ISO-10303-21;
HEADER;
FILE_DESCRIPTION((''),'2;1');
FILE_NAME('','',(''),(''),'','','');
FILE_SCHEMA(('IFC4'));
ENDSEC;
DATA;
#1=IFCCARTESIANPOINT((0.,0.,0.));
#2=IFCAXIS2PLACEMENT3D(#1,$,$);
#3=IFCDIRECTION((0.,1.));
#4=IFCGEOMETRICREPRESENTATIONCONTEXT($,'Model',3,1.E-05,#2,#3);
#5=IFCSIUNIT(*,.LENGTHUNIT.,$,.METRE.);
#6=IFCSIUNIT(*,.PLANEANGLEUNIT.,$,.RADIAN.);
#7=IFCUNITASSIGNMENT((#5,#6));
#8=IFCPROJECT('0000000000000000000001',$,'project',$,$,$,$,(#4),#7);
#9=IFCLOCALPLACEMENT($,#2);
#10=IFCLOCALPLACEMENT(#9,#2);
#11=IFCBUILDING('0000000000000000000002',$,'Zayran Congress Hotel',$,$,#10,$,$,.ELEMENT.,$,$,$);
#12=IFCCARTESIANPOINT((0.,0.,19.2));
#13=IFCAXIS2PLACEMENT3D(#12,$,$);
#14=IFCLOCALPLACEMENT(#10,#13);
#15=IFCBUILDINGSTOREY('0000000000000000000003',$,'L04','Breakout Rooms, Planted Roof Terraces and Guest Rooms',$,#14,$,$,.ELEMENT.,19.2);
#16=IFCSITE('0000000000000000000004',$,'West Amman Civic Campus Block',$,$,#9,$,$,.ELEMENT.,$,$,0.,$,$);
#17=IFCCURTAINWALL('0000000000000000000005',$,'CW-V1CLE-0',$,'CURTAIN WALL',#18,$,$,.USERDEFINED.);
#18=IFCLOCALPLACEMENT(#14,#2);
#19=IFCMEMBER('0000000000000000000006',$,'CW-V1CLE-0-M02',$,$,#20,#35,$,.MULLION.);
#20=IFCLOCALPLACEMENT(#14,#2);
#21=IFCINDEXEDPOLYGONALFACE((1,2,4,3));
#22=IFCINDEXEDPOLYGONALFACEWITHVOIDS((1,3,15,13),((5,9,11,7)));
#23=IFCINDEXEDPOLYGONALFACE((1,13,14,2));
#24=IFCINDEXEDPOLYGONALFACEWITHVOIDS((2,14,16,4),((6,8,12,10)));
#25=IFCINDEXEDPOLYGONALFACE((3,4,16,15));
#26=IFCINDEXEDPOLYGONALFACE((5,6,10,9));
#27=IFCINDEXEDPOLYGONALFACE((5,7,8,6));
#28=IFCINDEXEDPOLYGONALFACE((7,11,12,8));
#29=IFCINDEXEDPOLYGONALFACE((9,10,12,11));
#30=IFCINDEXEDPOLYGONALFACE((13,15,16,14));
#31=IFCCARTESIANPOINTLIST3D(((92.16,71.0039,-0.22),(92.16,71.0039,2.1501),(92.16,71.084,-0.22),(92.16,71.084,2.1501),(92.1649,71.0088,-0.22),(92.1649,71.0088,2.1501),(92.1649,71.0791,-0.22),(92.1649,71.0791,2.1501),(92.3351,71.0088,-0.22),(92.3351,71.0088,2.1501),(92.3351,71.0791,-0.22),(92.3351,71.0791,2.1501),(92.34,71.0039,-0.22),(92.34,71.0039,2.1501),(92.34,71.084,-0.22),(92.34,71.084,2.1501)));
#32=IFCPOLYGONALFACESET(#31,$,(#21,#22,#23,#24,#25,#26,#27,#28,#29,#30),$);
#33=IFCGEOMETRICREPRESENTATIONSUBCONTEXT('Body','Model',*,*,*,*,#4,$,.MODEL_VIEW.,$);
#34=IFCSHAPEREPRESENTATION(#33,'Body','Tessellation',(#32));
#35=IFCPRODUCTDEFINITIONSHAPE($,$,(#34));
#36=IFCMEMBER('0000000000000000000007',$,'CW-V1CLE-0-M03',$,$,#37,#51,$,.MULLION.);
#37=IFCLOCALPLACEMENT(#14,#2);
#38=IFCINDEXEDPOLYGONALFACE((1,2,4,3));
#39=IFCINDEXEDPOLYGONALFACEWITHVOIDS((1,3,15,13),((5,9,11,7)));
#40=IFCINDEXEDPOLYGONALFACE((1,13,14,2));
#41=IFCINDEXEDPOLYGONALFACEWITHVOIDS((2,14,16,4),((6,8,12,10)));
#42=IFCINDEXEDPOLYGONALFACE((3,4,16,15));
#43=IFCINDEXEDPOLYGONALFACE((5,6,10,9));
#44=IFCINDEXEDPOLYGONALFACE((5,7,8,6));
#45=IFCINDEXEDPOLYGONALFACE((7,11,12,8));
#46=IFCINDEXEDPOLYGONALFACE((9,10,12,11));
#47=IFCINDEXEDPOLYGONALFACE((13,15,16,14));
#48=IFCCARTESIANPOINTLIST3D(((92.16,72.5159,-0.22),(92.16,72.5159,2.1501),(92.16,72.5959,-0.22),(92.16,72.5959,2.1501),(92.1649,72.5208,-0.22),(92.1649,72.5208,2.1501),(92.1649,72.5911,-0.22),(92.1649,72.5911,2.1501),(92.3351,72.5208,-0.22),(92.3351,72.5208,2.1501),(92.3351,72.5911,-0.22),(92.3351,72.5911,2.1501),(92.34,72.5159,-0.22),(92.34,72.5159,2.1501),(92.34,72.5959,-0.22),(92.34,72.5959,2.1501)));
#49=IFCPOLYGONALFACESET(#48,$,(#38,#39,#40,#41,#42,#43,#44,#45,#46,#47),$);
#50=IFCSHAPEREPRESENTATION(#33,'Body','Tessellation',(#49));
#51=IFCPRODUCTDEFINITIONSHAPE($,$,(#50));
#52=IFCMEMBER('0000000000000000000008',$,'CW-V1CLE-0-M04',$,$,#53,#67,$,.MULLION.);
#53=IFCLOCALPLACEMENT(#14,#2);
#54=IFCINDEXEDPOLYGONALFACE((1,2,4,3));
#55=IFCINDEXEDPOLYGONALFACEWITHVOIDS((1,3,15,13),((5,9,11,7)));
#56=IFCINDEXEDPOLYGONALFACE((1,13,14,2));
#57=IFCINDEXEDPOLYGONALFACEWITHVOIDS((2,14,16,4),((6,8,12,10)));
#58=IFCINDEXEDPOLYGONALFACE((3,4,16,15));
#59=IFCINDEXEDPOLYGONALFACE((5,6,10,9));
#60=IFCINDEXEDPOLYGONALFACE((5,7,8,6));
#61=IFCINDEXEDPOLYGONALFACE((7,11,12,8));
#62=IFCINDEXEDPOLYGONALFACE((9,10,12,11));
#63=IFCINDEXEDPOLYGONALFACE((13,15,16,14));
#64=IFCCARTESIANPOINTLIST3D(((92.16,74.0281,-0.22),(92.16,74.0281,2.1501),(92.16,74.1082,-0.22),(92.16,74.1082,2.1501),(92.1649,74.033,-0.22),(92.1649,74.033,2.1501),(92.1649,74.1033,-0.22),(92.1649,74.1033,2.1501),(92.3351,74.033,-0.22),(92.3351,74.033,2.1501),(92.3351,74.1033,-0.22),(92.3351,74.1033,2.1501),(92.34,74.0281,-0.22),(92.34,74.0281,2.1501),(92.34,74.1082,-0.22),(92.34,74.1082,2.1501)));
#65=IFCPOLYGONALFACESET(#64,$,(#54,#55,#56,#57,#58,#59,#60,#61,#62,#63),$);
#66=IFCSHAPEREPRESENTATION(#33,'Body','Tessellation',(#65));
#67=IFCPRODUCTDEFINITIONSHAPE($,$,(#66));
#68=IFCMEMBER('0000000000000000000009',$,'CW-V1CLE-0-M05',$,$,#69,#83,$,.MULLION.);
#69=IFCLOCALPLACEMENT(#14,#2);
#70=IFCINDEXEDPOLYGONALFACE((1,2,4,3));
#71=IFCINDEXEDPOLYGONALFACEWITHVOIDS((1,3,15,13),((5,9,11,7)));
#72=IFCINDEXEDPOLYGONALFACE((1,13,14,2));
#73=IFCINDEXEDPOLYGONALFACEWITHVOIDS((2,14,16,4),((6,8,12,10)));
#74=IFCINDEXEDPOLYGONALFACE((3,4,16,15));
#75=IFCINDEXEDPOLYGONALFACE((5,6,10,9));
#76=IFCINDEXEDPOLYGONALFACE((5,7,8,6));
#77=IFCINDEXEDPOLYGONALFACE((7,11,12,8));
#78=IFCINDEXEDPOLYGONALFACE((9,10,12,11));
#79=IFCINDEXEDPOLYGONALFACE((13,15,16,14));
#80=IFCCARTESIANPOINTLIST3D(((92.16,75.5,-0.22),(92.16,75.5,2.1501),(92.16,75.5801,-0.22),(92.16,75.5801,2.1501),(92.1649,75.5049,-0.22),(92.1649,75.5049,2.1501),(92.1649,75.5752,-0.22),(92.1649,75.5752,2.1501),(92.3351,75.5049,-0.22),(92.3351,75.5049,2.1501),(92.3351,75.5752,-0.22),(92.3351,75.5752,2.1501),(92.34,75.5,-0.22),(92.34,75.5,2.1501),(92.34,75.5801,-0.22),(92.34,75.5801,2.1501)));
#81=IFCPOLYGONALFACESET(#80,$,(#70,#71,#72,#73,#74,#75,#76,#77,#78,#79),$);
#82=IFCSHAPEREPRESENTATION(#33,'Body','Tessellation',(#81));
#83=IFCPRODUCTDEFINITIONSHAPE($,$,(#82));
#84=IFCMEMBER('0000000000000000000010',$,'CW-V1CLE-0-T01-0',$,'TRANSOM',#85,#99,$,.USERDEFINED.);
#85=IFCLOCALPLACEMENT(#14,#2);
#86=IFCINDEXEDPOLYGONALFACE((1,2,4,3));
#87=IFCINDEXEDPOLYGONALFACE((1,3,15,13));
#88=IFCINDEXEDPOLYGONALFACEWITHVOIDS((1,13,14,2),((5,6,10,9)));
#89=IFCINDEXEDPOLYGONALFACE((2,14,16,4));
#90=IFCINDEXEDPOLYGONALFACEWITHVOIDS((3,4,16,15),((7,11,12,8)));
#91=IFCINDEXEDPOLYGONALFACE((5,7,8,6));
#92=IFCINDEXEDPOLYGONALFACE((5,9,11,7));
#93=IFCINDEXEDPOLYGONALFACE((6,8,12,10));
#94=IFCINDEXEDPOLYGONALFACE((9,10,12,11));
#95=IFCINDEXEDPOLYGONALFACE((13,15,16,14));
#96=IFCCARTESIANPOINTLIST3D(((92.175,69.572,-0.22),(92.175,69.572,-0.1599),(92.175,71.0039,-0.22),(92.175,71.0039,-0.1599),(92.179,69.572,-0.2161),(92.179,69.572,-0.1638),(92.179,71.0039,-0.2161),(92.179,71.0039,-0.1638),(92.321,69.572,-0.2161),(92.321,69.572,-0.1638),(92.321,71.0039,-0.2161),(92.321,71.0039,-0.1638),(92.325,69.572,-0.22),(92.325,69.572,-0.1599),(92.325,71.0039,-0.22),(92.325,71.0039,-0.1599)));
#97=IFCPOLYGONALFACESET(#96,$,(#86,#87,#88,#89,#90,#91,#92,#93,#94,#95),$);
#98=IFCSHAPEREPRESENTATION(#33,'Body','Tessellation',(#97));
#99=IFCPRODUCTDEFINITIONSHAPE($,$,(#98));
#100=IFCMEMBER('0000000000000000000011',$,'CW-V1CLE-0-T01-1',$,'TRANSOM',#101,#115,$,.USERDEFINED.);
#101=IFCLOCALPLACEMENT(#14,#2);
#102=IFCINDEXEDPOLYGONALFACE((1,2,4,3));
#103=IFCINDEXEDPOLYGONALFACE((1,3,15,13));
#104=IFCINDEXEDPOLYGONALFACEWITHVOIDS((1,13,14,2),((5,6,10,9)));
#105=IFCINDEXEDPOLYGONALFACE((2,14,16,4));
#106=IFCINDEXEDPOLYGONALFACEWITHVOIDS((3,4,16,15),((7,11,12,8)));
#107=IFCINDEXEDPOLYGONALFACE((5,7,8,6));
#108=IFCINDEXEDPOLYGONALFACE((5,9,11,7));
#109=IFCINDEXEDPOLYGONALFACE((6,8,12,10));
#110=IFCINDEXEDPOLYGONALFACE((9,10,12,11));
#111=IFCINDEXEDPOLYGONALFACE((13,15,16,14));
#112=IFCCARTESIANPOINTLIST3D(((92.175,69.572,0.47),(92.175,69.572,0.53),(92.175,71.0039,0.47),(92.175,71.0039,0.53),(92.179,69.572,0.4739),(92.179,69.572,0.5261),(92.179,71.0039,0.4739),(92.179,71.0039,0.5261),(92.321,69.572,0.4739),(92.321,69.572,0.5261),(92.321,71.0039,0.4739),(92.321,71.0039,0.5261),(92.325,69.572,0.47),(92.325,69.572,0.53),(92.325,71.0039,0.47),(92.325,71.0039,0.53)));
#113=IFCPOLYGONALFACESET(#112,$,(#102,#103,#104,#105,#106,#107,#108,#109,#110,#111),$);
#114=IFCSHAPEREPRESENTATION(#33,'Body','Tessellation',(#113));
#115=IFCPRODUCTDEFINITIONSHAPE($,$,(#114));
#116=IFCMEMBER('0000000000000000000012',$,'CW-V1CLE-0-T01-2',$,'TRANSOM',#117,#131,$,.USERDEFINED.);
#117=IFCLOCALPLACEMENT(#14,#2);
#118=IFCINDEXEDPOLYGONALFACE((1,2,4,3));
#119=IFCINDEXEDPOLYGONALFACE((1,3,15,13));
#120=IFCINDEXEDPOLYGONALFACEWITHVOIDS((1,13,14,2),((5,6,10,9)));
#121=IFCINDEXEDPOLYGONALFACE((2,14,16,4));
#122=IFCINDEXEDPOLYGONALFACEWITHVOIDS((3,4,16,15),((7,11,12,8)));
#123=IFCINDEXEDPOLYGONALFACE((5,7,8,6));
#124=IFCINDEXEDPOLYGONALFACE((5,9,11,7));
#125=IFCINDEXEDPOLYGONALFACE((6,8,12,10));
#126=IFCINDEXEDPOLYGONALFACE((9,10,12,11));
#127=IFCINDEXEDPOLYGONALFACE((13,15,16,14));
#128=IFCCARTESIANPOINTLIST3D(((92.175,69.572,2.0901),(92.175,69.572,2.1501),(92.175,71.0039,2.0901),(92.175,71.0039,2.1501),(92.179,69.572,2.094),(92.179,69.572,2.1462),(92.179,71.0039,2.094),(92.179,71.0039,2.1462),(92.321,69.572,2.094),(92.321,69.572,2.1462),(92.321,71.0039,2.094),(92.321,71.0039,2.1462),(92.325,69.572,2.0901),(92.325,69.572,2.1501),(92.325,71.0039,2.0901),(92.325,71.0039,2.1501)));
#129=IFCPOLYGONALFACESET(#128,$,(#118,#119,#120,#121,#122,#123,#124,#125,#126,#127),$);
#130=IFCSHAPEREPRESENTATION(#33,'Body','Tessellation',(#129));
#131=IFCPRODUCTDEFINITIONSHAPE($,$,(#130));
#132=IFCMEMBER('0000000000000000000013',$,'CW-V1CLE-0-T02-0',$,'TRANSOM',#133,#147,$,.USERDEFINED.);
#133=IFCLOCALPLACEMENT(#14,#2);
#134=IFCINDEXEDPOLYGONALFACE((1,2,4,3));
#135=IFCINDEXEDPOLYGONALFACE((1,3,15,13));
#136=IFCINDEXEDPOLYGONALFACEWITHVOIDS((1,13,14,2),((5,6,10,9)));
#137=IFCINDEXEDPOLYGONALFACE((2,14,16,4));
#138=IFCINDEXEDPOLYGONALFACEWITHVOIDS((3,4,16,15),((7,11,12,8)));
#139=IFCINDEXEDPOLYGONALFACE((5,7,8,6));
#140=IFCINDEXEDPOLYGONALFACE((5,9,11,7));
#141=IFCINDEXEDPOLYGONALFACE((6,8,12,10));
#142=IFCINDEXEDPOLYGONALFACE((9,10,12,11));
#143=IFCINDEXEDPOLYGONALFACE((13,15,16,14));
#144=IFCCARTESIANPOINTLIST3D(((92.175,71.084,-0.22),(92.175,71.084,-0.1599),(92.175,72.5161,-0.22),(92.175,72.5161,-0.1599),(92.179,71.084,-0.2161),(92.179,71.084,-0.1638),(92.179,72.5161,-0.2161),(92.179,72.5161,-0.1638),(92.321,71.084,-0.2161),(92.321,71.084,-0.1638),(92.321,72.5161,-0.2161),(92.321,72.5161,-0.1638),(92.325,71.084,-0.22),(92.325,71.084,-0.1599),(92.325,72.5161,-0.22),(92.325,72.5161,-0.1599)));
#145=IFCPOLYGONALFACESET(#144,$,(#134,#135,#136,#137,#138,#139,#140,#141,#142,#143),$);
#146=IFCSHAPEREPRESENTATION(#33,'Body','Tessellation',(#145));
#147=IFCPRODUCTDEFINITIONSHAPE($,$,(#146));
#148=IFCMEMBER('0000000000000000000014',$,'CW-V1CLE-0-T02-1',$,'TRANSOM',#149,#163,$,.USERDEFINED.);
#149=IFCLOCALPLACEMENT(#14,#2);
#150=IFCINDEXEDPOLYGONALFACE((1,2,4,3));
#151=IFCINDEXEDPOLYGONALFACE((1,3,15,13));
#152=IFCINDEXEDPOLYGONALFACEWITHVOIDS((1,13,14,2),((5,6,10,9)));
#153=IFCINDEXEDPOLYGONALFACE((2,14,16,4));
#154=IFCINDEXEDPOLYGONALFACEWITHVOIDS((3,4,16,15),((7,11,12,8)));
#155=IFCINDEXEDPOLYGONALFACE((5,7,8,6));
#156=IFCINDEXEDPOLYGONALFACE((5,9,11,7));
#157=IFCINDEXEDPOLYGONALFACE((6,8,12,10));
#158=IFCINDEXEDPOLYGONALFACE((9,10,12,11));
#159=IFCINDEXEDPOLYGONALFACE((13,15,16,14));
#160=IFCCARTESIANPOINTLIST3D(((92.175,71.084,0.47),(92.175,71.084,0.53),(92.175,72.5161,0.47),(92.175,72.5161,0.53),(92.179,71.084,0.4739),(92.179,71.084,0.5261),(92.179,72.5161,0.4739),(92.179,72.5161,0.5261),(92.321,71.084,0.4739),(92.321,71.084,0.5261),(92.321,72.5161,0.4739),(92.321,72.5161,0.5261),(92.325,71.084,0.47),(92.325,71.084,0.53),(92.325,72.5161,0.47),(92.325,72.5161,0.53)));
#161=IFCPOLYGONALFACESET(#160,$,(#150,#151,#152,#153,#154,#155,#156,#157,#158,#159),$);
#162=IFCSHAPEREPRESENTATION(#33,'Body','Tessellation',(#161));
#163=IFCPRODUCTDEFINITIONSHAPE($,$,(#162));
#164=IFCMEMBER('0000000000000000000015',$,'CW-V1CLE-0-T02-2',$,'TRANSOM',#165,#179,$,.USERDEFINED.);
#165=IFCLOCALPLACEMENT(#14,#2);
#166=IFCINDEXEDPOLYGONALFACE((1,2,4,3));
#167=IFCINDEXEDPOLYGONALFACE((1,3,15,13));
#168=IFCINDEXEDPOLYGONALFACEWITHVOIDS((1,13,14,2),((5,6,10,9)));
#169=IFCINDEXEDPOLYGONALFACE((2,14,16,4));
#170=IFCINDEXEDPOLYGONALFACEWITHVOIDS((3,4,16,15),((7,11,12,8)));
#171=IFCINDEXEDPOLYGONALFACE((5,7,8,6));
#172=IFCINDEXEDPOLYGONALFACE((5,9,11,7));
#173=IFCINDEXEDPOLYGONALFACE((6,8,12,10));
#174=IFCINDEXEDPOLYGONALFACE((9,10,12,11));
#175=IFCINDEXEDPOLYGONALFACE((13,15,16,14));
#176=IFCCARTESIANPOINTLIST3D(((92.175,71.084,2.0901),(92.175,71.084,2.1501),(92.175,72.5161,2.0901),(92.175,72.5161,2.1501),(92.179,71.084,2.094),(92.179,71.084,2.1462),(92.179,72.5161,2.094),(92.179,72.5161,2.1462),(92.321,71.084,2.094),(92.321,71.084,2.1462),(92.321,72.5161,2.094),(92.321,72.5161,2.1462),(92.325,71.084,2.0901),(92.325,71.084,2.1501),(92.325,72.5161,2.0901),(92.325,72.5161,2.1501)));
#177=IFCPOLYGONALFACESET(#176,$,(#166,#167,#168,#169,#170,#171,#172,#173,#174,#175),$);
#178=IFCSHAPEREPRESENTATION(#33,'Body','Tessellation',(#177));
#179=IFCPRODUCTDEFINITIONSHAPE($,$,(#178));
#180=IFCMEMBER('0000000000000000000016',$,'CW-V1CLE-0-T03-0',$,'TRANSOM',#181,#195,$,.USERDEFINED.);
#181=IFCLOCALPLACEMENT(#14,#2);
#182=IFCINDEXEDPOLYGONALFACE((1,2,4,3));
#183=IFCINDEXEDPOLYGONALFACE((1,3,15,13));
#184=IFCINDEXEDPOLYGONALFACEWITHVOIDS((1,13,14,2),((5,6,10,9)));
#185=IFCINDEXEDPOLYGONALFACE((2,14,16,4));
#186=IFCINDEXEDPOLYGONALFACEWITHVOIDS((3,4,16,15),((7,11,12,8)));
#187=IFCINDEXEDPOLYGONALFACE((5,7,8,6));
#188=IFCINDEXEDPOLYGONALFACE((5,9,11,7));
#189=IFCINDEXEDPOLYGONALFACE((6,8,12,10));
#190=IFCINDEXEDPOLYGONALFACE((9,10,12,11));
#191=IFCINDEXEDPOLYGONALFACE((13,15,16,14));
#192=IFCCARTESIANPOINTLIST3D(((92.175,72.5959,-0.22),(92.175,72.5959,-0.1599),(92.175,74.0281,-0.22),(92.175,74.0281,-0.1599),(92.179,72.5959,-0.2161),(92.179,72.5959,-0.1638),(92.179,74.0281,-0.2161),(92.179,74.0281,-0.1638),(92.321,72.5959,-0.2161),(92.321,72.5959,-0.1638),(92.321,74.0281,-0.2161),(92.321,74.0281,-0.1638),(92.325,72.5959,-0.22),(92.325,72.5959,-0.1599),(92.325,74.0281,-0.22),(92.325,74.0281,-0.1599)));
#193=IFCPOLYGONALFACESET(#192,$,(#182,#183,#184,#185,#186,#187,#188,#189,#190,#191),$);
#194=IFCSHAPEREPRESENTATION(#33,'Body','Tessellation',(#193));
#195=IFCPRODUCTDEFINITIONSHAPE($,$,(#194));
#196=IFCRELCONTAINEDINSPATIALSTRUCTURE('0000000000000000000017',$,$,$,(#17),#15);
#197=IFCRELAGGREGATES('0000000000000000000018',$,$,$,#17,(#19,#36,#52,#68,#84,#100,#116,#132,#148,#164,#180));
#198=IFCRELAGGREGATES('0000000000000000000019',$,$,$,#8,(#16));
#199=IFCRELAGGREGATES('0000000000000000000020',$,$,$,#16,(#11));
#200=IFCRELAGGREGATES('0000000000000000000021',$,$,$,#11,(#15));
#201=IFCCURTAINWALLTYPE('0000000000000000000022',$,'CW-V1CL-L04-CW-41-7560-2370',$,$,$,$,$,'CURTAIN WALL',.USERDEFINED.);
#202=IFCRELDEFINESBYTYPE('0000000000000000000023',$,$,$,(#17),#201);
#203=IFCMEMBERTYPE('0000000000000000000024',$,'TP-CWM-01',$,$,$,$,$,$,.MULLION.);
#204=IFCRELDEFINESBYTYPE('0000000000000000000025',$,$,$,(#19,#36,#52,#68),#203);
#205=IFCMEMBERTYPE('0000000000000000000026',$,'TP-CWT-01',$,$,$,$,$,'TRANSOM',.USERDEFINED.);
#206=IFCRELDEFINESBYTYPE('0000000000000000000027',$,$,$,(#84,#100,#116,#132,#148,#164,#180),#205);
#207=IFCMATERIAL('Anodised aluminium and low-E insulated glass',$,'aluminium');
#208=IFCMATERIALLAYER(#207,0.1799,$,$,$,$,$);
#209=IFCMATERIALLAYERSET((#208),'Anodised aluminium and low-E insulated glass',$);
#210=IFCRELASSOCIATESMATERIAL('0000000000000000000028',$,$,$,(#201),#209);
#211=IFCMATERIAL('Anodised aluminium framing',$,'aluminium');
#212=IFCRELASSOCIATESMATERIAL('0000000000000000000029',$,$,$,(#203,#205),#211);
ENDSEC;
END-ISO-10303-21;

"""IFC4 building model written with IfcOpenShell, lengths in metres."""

from ifc_helpers import new_model, si_unit, direction, frame, origin, origin_2d, place, context, subcontext, project, spatial, hollow_rectangle, extrude, material, layer, layer_set, material_profile, profile_set, type_object, element, aggregate, save


model = new_model("IFC4")

# Units and contexts
model_context = context("Model", 3, precision=1e-05, world=origin(), true_north=direction((0.0, 1.0)))
body_context = subcontext(model_context, "Body", "Model", "MODEL_VIEW")
ifc_project = project(units=[si_unit("LENGTHUNIT", "METRE"), si_unit("PLANEANGLEUNIT", "RADIAN")], contexts=[model_context])

# Site, building, storey
site_placement = place(None, origin())
site = spatial("IfcSite", under=ifc_project, at=site_placement, Name="West Amman Civic Campus Block", CompositionType="ELEMENT", RefElevation=0.0)
building_placement = place(site_placement, origin())
building = spatial("IfcBuilding", under=site, at=building_placement, Name="Zayran Congress Hotel", CompositionType="ELEMENT")
storey_placement = place(building_placement, frame((0.0, 0.0, 19.2)))
storey = spatial("IfcBuildingStorey", under=building, at=storey_placement, Name="L04", Description="Breakout Rooms, Planted Roof Terraces and Guest Rooms", CompositionType="ELEMENT", Elevation=19.2)

# Curtain wall, members
ifc_material_1 = material(Name="Anodised aluminium and low-E insulated glass", Category="aluminium")
ifc_layer_1 = layer(ifc_material_1, 0.1799)
ifc_layer_set_1 = layer_set([ifc_layer_1], Name="Anodised aluminium and low-E insulated glass")
curtain_wall_type = type_object("IfcCurtainWallType", Name="CW-V1CL-L04-CW-41-7560-2370", ElementType="CURTAIN WALL", PredefinedType="USERDEFINED", material=ifc_layer_set_1)
curtain_wall_placement = place(storey_placement, origin())
curtain_wall = element("IfcCurtainWall", 1, at=curtain_wall_placement, inside=storey, type_object=curtain_wall_type, Name="CW-V1CLE-0", ObjectType="CURTAIN WALL", PredefinedType="USERDEFINED")
ifc_material_2 = material(Name="Anodised aluminium framing", Category="aluminium")
ifc_material_profile_1 = material_profile(ifc_material_2, hollow_rectangle(XDim=0.0801, YDim=0.1799, WallThickness=0.0049, at=origin_2d()), Name="RHS 180x80x5")
ifc_profile_set_1 = profile_set([ifc_material_profile_1], Name="Anodised aluminium framing")
member_type_1 = type_object("IfcMemberType", Name="TP-CWM-01", PredefinedType="MULLION", material=ifc_profile_set_1)
member_1_placement = place(storey_placement, frame((92.25, 71.0439, -0.22), z_axis=(0.0, 0.0, 1.0), x_axis=(0.0, 1.0, 0.0)))
member_1 = element("IfcMember", 2, at=member_1_placement, type_object=member_type_1, Name="CW-V1CLE-0-M02", PredefinedType="MULLION", context=body_context, shape_type="SweptSolid", body=[
    extrude(hollow_rectangle(XDim=0.0801, YDim=0.1799, WallThickness=0.0049, at=origin_2d()), origin(), (0.0, 0.0, 1.0), 2.3701),
])
member_2_placement = place(storey_placement, frame((92.25, 72.5559, -0.22), z_axis=(0.0, 0.0, 1.0), x_axis=(0.0, 1.0, 0.0)))
member_2 = element("IfcMember", 3, at=member_2_placement, type_object=member_type_1, Name="CW-V1CLE-0-M03", PredefinedType="MULLION", context=body_context, shape_type="SweptSolid", body=[
    extrude(hollow_rectangle(XDim=0.0801, YDim=0.1799, WallThickness=0.0049, at=origin_2d()), origin(), (0.0, 0.0, 1.0), 2.3701),
])
member_3_placement = place(storey_placement, frame((92.25, 74.0681, -0.22), z_axis=(0.0, 0.0, 1.0), x_axis=(0.0, 1.0, 0.0)))
member_3 = element("IfcMember", 4, at=member_3_placement, type_object=member_type_1, Name="CW-V1CLE-0-M04", PredefinedType="MULLION", context=body_context, shape_type="SweptSolid", body=[
    extrude(hollow_rectangle(XDim=0.0801, YDim=0.1799, WallThickness=0.0049, at=origin_2d()), origin(), (0.0, 0.0, 1.0), 2.3701),
])
member_4_placement = place(storey_placement, frame((92.25, 75.54, -0.22), z_axis=(0.0, 0.0, 1.0), x_axis=(0.0, 1.0, 0.0)))
member_4 = element("IfcMember", 5, at=member_4_placement, type_object=member_type_1, Name="CW-V1CLE-0-M05", PredefinedType="MULLION", context=body_context, shape_type="SweptSolid", body=[
    extrude(hollow_rectangle(XDim=0.0801, YDim=0.1799, WallThickness=0.0049, at=origin_2d()), origin(), (0.0, 0.0, 1.0), 2.3701),
])
ifc_material_profile_2 = material_profile(ifc_material_2, hollow_rectangle(XDim=0.0601, YDim=0.1499, WallThickness=0.0039, at=origin_2d()), Name="RHS 150x60x4")
ifc_profile_set_2 = profile_set([ifc_material_profile_2], Name="Anodised aluminium framing")
member_type_2 = type_object("IfcMemberType", Name="TP-CWT-01", ElementType="TRANSOM", PredefinedType="USERDEFINED", material=ifc_profile_set_2)
member_5_placement = place(storey_placement, frame((92.25, 69.572, -0.1899), z_axis=(0.0, 1.0, 0.0), x_axis=(0.0, 0.0, 1.0)))
member_5 = element("IfcMember", 6, at=member_5_placement, type_object=member_type_2, Name="CW-V1CLE-0-T01-0", ObjectType="TRANSOM", PredefinedType="USERDEFINED", context=body_context, shape_type="SweptSolid", body=[
    extrude(hollow_rectangle(XDim=0.0601, YDim=0.1499, WallThickness=0.0039, at=origin_2d()), origin(), (0.0, 0.0, 1.0), 1.4319),
])
member_6_placement = place(storey_placement, frame((92.25, 69.572, 0.5), z_axis=(0.0, 1.0, 0.0), x_axis=(0.0, 0.0, 1.0)))
member_6 = element("IfcMember", 7, at=member_6_placement, type_object=member_type_2, Name="CW-V1CLE-0-T01-1", ObjectType="TRANSOM", PredefinedType="USERDEFINED", context=body_context, shape_type="SweptSolid", body=[
    extrude(hollow_rectangle(XDim=0.0601, YDim=0.1499, WallThickness=0.0039, at=origin_2d()), origin(), (0.0, 0.0, 1.0), 1.4319),
])
member_7_placement = place(storey_placement, frame((92.25, 69.572, 2.1201), z_axis=(0.0, 1.0, 0.0), x_axis=(0.0, 0.0, 1.0)))
member_7 = element("IfcMember", 8, at=member_7_placement, type_object=member_type_2, Name="CW-V1CLE-0-T01-2", ObjectType="TRANSOM", PredefinedType="USERDEFINED", context=body_context, shape_type="SweptSolid", body=[
    extrude(hollow_rectangle(XDim=0.0601, YDim=0.1499, WallThickness=0.0039, at=origin_2d()), origin(), (0.0, 0.0, 1.0), 1.4319),
])
member_8_placement = place(storey_placement, frame((92.25, 71.084, -0.1899), z_axis=(0.0, 1.0, 0.0), x_axis=(0.0, 0.0, 1.0)))
member_8 = element("IfcMember", 9, at=member_8_placement, type_object=member_type_2, Name="CW-V1CLE-0-T02-0", ObjectType="TRANSOM", PredefinedType="USERDEFINED", context=body_context, shape_type="SweptSolid", body=[
    extrude(hollow_rectangle(XDim=0.0601, YDim=0.1499, WallThickness=0.0039, at=origin_2d()), origin(), (0.0, 0.0, 1.0), 1.4321),
])
member_9_placement = place(storey_placement, frame((92.25, 71.084, 0.5), z_axis=(0.0, 1.0, 0.0), x_axis=(0.0, 0.0, 1.0)))
member_9 = element("IfcMember", 10, at=member_9_placement, type_object=member_type_2, Name="CW-V1CLE-0-T02-1", ObjectType="TRANSOM", PredefinedType="USERDEFINED", context=body_context, shape_type="SweptSolid", body=[
    extrude(hollow_rectangle(XDim=0.0601, YDim=0.1499, WallThickness=0.0039, at=origin_2d()), origin(), (0.0, 0.0, 1.0), 1.4321),
])
member_10_placement = place(storey_placement, frame((92.25, 71.084, 2.1201), z_axis=(0.0, 1.0, 0.0), x_axis=(0.0, 0.0, 1.0)))
member_10 = element("IfcMember", 11, at=member_10_placement, type_object=member_type_2, Name="CW-V1CLE-0-T02-2", ObjectType="TRANSOM", PredefinedType="USERDEFINED", context=body_context, shape_type="SweptSolid", body=[
    extrude(hollow_rectangle(XDim=0.0601, YDim=0.1499, WallThickness=0.0039, at=origin_2d()), origin(), (0.0, 0.0, 1.0), 1.4321),
])
member_11_placement = place(storey_placement, frame((92.25, 72.5959, -0.1899), z_axis=(0.0, 1.0, 0.0), x_axis=(0.0, 0.0, 1.0)))
member_11 = element("IfcMember", 12, at=member_11_placement, type_object=member_type_2, Name="CW-V1CLE-0-T03-0", ObjectType="TRANSOM", PredefinedType="USERDEFINED", context=body_context, shape_type="SweptSolid", body=[
    extrude(hollow_rectangle(XDim=0.0601, YDim=0.1499, WallThickness=0.0039, at=origin_2d()), origin(), (0.0, 0.0, 1.0), 1.4321),
])
aggregate(curtain_wall, [member_1, member_2, member_3, member_4, member_5, member_6, member_7, member_8, member_9, member_10, member_11])

save(model, "model.ifc")
